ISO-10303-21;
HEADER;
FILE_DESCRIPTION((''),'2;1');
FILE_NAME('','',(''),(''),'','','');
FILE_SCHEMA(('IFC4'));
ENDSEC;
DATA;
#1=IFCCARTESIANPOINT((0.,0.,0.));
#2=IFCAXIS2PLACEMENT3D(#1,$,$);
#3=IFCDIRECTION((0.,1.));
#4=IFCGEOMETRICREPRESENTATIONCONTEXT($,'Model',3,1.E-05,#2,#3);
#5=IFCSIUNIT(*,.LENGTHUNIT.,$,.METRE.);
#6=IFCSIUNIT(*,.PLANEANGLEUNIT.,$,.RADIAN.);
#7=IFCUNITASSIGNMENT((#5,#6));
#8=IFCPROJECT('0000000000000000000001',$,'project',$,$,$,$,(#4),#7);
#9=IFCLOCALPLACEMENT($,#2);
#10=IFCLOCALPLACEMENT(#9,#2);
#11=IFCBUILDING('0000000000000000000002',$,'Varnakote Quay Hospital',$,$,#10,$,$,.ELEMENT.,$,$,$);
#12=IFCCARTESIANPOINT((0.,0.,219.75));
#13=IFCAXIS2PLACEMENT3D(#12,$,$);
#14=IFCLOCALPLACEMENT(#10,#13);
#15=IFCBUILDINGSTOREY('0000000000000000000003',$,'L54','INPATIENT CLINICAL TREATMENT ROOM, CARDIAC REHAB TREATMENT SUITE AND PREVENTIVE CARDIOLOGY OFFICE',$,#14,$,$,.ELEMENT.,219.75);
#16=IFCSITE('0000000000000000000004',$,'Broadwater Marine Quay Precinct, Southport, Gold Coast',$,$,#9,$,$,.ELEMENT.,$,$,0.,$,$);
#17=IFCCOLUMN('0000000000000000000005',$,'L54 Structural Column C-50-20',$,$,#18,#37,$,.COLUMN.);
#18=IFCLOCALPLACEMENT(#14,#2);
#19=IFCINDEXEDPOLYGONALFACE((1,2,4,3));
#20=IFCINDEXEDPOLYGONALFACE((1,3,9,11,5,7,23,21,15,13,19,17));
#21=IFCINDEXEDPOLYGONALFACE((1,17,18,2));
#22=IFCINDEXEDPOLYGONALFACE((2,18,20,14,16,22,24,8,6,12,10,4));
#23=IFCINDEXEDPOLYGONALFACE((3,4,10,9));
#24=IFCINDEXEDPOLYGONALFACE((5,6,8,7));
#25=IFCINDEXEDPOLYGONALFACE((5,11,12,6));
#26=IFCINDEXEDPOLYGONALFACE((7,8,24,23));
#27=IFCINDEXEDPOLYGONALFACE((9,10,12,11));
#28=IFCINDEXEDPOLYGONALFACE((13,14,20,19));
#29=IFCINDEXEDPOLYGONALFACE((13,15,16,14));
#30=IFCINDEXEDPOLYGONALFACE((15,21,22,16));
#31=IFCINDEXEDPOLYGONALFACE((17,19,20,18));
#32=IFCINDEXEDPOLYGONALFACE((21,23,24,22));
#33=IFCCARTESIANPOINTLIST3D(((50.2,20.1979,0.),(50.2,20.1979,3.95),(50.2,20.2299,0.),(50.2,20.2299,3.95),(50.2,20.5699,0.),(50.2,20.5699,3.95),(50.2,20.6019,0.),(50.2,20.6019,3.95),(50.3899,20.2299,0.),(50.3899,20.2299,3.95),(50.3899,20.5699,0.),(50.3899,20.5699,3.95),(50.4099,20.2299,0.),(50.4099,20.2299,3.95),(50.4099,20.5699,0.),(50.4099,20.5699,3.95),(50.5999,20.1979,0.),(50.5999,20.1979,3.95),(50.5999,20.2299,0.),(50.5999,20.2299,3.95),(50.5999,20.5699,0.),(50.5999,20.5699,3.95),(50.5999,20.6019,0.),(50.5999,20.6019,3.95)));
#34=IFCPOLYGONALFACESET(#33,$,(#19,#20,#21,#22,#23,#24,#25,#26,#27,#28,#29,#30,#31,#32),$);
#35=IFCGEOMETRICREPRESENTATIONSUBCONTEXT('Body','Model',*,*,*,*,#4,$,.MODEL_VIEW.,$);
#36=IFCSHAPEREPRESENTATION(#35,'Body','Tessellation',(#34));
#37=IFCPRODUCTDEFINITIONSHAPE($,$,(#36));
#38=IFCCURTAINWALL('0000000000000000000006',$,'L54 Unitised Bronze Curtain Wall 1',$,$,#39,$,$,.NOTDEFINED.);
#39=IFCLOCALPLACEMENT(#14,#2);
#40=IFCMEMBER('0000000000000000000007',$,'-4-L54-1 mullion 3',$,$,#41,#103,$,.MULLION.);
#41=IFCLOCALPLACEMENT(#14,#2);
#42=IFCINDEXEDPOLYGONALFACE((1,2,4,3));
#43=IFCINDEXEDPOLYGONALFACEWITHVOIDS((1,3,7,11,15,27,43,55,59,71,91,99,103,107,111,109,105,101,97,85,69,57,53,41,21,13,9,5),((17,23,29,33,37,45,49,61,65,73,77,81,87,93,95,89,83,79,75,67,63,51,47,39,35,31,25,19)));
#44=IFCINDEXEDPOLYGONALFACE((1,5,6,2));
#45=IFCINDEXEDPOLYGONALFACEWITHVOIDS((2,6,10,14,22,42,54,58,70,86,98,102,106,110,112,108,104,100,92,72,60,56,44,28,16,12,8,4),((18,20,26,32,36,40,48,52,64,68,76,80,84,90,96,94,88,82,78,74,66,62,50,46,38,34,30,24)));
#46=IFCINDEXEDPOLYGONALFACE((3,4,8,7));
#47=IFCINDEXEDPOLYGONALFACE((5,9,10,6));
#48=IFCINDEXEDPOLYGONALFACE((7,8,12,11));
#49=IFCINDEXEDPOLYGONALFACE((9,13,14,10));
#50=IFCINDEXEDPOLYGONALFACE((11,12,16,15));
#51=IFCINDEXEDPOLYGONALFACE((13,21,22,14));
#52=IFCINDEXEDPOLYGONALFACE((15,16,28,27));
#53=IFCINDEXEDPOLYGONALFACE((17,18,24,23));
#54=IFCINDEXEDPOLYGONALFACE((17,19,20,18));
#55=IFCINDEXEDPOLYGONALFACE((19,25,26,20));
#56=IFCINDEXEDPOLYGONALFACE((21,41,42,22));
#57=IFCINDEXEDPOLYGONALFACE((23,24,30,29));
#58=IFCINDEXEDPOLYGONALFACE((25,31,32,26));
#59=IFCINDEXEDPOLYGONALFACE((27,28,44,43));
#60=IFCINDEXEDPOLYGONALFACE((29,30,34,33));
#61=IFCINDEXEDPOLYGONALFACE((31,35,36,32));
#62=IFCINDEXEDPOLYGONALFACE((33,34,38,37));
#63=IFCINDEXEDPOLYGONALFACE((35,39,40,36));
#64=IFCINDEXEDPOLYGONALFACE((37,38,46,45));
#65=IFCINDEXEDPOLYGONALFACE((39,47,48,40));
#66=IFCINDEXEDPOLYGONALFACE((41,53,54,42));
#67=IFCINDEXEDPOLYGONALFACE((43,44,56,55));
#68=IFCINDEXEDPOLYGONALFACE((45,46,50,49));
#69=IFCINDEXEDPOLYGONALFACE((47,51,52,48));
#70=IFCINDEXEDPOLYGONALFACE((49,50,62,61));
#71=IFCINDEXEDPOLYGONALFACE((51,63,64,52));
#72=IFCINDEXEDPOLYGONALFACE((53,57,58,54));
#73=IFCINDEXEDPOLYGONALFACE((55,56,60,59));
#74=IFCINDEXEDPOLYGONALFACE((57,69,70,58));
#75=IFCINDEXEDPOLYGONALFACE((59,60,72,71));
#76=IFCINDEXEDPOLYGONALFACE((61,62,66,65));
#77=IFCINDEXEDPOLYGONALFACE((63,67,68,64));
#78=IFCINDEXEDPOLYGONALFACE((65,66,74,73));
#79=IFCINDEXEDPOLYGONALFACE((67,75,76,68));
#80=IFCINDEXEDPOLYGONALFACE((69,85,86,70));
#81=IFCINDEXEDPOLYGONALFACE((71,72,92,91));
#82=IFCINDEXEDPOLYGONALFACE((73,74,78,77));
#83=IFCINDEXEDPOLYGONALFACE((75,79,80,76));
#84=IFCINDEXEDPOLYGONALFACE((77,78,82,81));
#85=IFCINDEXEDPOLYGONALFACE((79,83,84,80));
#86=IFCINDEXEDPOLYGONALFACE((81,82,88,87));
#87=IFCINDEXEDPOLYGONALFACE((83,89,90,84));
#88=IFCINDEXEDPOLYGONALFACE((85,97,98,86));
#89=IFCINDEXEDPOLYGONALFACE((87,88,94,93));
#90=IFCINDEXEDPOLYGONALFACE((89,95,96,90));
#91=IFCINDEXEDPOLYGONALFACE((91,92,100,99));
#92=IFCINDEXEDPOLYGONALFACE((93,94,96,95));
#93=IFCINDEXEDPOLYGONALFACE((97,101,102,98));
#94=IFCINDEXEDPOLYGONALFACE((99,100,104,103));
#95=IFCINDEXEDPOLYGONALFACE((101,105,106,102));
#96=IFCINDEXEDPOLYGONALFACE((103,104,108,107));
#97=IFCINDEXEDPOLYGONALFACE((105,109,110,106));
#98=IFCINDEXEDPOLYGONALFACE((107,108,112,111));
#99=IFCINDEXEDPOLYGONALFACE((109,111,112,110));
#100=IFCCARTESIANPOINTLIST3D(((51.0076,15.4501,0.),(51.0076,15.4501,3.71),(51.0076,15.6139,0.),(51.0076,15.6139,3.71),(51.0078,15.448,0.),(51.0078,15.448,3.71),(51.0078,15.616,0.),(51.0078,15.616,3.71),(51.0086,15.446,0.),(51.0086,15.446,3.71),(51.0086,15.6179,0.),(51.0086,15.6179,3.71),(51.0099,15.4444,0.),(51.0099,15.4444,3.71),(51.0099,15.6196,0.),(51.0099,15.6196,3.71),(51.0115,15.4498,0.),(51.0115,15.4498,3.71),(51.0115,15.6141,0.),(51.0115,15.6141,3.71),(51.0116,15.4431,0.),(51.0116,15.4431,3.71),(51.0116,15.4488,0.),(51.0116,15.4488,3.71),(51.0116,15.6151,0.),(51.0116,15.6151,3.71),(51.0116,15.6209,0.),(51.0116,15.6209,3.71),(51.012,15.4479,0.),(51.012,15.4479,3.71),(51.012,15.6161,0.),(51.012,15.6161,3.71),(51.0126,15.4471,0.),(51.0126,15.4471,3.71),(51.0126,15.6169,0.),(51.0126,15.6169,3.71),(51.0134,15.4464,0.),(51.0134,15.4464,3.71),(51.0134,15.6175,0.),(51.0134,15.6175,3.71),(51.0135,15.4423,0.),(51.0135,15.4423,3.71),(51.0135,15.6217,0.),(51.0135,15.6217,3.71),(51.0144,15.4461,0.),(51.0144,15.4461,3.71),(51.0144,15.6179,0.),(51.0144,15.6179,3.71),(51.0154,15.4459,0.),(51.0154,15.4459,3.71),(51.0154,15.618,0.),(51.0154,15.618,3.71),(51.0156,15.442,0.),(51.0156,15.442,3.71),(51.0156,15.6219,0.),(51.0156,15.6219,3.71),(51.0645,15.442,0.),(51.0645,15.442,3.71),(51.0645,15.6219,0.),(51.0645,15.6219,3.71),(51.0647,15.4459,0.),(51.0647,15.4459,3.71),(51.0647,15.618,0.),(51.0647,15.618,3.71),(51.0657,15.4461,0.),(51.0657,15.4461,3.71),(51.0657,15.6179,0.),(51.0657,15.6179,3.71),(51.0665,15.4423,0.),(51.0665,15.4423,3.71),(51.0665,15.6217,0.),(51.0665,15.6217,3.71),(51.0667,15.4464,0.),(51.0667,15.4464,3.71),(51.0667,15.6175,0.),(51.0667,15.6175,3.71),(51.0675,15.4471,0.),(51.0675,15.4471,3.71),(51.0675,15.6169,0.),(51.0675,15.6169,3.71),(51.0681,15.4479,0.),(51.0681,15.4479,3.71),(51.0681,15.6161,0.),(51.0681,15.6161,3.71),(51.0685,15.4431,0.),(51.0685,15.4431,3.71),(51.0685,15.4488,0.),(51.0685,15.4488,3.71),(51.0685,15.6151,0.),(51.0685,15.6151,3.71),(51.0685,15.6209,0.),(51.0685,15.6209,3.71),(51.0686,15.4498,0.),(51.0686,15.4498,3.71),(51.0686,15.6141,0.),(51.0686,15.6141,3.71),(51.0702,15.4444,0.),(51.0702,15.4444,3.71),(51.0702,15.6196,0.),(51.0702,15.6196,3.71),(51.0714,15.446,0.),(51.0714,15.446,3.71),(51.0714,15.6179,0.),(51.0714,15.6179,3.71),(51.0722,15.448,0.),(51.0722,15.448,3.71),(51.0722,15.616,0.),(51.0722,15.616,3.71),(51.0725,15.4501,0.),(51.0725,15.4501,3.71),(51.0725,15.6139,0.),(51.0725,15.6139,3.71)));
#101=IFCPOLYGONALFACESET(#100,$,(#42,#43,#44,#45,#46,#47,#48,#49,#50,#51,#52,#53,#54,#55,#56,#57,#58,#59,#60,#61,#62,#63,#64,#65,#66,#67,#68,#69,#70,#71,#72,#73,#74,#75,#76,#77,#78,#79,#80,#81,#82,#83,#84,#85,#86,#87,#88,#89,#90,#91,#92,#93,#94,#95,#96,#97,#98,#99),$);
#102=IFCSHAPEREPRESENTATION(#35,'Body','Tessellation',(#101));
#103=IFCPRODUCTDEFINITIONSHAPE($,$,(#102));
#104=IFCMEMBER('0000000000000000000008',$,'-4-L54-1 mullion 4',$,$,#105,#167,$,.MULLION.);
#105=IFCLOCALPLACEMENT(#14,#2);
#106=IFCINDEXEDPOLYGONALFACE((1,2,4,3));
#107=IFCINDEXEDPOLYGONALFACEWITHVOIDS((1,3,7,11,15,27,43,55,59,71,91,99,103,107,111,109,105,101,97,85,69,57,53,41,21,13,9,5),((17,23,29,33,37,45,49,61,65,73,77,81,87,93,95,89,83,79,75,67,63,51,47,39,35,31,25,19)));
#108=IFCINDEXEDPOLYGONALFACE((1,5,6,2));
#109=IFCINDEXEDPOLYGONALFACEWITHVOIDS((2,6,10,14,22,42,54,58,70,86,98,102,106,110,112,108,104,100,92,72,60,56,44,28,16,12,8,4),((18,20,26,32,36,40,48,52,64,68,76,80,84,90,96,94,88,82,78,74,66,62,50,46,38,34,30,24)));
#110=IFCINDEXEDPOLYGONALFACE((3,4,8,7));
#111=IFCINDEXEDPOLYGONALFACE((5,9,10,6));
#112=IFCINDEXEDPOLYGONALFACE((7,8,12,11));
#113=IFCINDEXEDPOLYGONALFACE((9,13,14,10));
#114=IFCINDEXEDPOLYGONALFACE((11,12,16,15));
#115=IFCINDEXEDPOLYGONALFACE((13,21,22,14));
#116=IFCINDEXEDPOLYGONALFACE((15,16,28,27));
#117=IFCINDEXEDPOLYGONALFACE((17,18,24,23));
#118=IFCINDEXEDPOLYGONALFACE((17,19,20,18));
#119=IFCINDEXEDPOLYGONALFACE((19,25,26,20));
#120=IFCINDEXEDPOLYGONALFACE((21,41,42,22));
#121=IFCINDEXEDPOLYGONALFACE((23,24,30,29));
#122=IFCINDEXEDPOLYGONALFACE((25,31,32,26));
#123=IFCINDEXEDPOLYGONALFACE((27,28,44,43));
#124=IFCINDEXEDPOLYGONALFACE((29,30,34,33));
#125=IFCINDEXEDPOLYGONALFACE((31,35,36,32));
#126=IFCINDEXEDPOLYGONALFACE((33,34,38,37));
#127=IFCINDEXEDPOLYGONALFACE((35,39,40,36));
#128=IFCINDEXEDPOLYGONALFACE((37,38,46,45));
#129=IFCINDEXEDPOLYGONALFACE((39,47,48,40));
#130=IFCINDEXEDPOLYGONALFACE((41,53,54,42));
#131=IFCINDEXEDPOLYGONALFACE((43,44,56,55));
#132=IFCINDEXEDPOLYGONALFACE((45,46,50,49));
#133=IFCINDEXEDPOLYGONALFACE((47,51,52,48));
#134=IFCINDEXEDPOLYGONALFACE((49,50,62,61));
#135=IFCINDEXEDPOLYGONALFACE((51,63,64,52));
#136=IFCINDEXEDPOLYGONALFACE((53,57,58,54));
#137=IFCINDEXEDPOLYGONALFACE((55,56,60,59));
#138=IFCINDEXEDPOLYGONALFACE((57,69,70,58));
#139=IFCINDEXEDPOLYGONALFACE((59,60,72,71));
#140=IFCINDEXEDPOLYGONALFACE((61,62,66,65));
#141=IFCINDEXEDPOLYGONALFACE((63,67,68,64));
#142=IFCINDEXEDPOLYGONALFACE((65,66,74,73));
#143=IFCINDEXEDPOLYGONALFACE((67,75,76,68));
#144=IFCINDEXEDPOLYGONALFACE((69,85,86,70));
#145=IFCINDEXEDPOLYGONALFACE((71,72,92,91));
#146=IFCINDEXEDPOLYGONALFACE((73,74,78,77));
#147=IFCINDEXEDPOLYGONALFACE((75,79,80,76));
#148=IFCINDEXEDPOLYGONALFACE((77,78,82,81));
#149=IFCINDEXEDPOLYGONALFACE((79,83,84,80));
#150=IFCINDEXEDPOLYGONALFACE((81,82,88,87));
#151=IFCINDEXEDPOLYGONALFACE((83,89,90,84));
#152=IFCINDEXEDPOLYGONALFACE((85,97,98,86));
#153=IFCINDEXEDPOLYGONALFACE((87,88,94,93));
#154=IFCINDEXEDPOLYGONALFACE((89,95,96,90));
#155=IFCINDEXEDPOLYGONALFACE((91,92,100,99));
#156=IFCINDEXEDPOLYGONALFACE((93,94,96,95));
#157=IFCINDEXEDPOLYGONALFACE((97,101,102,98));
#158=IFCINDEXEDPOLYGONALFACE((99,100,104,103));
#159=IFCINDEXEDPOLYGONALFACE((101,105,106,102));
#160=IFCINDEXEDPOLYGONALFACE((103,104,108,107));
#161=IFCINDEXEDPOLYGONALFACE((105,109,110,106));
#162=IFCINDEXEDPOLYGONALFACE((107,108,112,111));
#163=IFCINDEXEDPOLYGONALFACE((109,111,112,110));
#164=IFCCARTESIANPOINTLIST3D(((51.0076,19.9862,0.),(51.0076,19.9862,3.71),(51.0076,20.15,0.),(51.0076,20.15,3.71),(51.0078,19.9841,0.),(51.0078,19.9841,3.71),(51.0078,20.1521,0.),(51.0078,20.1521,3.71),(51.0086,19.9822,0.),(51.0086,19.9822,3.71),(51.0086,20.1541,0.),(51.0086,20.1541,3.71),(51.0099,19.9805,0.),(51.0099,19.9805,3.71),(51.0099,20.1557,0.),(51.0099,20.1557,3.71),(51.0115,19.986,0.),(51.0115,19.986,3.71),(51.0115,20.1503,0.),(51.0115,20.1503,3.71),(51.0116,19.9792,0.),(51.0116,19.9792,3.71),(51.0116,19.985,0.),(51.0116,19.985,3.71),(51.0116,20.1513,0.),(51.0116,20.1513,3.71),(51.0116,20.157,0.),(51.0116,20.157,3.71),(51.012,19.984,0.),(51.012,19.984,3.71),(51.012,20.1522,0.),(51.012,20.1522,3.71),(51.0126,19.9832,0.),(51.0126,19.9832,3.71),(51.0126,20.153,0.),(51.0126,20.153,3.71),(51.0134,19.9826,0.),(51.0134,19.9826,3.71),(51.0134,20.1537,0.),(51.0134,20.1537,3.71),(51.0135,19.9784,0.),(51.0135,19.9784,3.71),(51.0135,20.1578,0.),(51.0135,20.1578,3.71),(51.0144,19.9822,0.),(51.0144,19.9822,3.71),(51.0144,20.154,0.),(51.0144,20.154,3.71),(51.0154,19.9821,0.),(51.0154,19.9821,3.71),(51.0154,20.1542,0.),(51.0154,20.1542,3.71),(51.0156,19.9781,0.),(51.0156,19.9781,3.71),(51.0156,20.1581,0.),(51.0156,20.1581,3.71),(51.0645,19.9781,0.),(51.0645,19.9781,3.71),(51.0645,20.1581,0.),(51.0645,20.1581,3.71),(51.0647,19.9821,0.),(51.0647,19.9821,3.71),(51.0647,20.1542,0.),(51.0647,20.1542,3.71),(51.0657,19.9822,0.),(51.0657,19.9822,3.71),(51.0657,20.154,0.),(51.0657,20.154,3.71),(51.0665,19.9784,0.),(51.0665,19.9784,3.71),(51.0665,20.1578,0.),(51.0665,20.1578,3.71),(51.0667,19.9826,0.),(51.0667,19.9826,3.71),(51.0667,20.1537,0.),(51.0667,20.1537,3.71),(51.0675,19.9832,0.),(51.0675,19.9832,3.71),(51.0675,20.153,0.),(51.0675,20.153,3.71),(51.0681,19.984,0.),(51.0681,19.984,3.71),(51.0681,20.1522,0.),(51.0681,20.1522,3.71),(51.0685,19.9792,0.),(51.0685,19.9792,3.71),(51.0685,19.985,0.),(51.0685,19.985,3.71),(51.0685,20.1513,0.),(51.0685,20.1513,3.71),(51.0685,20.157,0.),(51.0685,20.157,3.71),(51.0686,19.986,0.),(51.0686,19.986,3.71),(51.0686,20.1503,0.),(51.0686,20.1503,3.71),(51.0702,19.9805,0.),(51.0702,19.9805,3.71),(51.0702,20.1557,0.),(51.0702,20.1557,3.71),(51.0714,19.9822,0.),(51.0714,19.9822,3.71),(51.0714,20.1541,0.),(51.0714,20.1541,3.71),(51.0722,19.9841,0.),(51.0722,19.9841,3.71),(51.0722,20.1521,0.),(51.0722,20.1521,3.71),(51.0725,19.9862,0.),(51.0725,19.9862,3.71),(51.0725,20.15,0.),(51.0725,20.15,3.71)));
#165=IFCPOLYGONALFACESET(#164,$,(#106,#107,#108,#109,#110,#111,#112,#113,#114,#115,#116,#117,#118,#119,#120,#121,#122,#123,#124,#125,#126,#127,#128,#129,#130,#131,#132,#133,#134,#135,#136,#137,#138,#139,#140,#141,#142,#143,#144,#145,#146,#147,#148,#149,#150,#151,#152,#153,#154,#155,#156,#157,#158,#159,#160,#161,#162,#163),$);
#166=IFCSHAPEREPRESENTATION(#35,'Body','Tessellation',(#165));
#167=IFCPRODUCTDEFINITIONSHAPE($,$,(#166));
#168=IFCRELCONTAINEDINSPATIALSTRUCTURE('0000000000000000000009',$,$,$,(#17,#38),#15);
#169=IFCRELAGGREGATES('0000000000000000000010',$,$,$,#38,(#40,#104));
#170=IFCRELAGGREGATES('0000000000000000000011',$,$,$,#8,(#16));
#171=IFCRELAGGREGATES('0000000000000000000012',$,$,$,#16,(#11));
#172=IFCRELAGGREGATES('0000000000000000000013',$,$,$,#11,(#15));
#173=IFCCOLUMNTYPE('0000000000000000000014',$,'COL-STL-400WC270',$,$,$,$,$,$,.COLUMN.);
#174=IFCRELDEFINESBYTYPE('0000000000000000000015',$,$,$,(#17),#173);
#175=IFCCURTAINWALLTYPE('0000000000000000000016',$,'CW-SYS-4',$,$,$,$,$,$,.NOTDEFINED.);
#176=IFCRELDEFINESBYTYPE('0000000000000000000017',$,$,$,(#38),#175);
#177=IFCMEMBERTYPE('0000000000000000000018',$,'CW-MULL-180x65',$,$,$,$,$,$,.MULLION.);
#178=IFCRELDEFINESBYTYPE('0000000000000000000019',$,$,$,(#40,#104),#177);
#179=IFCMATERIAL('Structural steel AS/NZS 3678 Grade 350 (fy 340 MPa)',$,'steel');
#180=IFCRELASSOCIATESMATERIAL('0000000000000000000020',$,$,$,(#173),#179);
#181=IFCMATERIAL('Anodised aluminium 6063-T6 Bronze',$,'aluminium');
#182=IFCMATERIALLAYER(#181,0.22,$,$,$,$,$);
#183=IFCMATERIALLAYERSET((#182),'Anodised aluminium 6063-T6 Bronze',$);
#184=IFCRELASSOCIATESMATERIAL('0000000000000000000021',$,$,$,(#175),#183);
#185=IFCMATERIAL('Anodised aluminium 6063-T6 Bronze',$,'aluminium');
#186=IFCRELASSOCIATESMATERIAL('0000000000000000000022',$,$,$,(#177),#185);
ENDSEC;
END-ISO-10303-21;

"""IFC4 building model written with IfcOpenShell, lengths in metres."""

from ifc_helpers import new_model, si_unit, direction, frame, origin, origin_2d, place, context, subcontext, project, spatial, hollow_rectangle, i_section, extrude, material, layer, layer_set, material_profile, profile_set, type_object, element, aggregate, save


model = new_model("IFC4")

# Units and contexts
model_context = context("Model", 3, precision=1e-05, world=origin(), true_north=direction((0.0, 1.0)))
body_context = subcontext(model_context, "Body", "Model", "MODEL_VIEW")
ifc_project = project(units=[si_unit("LENGTHUNIT", "METRE"), si_unit("PLANEANGLEUNIT", "RADIAN")], contexts=[model_context])

# Site, building, storey
site_placement = place(None, origin())
site = spatial("IfcSite", under=ifc_project, at=site_placement, Name="Broadwater Marine Quay Precinct, Southport, Gold Coast", CompositionType="ELEMENT", RefElevation=0.0)
building_placement = place(site_placement, origin())
building = spatial("IfcBuilding", under=site, at=building_placement, Name="Varnakote Quay Hospital", CompositionType="ELEMENT")
storey_placement = place(building_placement, frame((0.0, 0.0, 219.75)))
storey = spatial("IfcBuildingStorey", under=building, at=storey_placement, Name="L54", Description="INPATIENT CLINICAL TREATMENT ROOM, CARDIAC REHAB TREATMENT SUITE AND PREVENTIVE CARDIOLOGY OFFICE", CompositionType="ELEMENT", Elevation=219.75)

# Column
ifc_material_1 = material(Name="Structural steel AS/NZS 3678 Grade 350 (fy 340 MPa)", Category="steel")
ifc_material_profile_1 = material_profile(ifc_material_1, i_section(OverallWidth=0.3999, OverallDepth=0.4041, WebThickness=0.02, FlangeThickness=0.032, at=origin_2d()), Name="400WC270")
ifc_profile_set_1 = profile_set([ifc_material_profile_1], Name="Structural steel AS/NZS 3678 Grade 350 (fy 340 MPa)")
column_type = type_object("IfcColumnType", Name="COL-STL-400WC270", PredefinedType="COLUMN", material=ifc_profile_set_1)
column_placement = place(storey_placement, frame((50.3999, 20.3999, 0.0), z_axis=(0.0, 0.0, 1.0), x_axis=(1.0, 0.0, 0.0)))
element("IfcColumn", 1, at=column_placement, inside=storey, type_object=column_type, Name="L54 Structural Column C-50-20", PredefinedType="COLUMN", context=body_context, shape_type="SweptSolid", body=[
    extrude(i_section(OverallWidth=0.3999, OverallDepth=0.4041, WebThickness=0.02, FlangeThickness=0.032, at=origin_2d()), origin(), (0.0, 0.0, 1.0), 3.95),
])

# Curtain wall, members
ifc_material_2 = material(Name="Anodised aluminium 6063-T6 Bronze", Category="aluminium")
ifc_layer_1 = layer(ifc_material_2, 0.22)
ifc_layer_set_1 = layer_set([ifc_layer_1], Name="Anodised aluminium 6063-T6 Bronze")
curtain_wall_type = type_object("IfcCurtainWallType", Name="CW-SYS-4", PredefinedType="NOTDEFINED", material=ifc_layer_set_1)
curtain_wall_placement = place(storey_placement, origin())
curtain_wall = element("IfcCurtainWall", 2, at=curtain_wall_placement, inside=storey, type_object=curtain_wall_type, Name="L54 Unitised Bronze Curtain Wall 1", PredefinedType="NOTDEFINED")
ifc_material_3 = material(Name="Anodised aluminium 6063-T6 Bronze", Category="aluminium")
ifc_material_profile_2 = material_profile(ifc_material_3, hollow_rectangle(XDim=0.0649, YDim=0.1799, WallThickness=0.0039, InnerFilletRadius=0.0039, OuterFilletRadius=0.0081, at=origin_2d()), Name="CW-MULL-180x65")
ifc_profile_set_2 = profile_set([ifc_material_profile_2], Name="Anodised aluminium 6063-T6 Bronze")
member_type_1 = type_object("IfcMemberType", Name="CW-MULL-180x65", PredefinedType="MULLION", material=ifc_profile_set_2)
member_1_placement = place(storey_placement, frame((51.04, 15.532, 0.0), z_axis=(0.0, 0.0, 1.0), x_axis=(-1.0, 0.0, 0.0)))
member_1 = element("IfcMember", 3, at=member_1_placement, type_object=member_type_1, Name="-4-L54-1 mullion 3", PredefinedType="MULLION", context=body_context, shape_type="SweptSolid", body=[
    extrude(hollow_rectangle(XDim=0.0649, YDim=0.1799, WallThickness=0.0039, InnerFilletRadius=0.0039, OuterFilletRadius=0.0081, at=origin_2d()), origin(), (0.0, 0.0, 1.0), 3.71),
])
member_2_placement = place(storey_placement, frame((51.04, 20.0681, 0.0), z_axis=(0.0, 0.0, 1.0), x_axis=(-1.0, 0.0, 0.0)))
member_2 = element("IfcMember", 4, at=member_2_placement, type_object=member_type_1, Name="-4-L54-1 mullion 4", PredefinedType="MULLION", context=body_context, shape_type="SweptSolid", body=[
    extrude(hollow_rectangle(XDim=0.0649, YDim=0.1799, WallThickness=0.0039, InnerFilletRadius=0.0039, OuterFilletRadius=0.0081, at=origin_2d()), origin(), (0.0, 0.0, 1.0), 3.71),
])
aggregate(curtain_wall, [member_1, member_2])

save(model, "model.ifc")
